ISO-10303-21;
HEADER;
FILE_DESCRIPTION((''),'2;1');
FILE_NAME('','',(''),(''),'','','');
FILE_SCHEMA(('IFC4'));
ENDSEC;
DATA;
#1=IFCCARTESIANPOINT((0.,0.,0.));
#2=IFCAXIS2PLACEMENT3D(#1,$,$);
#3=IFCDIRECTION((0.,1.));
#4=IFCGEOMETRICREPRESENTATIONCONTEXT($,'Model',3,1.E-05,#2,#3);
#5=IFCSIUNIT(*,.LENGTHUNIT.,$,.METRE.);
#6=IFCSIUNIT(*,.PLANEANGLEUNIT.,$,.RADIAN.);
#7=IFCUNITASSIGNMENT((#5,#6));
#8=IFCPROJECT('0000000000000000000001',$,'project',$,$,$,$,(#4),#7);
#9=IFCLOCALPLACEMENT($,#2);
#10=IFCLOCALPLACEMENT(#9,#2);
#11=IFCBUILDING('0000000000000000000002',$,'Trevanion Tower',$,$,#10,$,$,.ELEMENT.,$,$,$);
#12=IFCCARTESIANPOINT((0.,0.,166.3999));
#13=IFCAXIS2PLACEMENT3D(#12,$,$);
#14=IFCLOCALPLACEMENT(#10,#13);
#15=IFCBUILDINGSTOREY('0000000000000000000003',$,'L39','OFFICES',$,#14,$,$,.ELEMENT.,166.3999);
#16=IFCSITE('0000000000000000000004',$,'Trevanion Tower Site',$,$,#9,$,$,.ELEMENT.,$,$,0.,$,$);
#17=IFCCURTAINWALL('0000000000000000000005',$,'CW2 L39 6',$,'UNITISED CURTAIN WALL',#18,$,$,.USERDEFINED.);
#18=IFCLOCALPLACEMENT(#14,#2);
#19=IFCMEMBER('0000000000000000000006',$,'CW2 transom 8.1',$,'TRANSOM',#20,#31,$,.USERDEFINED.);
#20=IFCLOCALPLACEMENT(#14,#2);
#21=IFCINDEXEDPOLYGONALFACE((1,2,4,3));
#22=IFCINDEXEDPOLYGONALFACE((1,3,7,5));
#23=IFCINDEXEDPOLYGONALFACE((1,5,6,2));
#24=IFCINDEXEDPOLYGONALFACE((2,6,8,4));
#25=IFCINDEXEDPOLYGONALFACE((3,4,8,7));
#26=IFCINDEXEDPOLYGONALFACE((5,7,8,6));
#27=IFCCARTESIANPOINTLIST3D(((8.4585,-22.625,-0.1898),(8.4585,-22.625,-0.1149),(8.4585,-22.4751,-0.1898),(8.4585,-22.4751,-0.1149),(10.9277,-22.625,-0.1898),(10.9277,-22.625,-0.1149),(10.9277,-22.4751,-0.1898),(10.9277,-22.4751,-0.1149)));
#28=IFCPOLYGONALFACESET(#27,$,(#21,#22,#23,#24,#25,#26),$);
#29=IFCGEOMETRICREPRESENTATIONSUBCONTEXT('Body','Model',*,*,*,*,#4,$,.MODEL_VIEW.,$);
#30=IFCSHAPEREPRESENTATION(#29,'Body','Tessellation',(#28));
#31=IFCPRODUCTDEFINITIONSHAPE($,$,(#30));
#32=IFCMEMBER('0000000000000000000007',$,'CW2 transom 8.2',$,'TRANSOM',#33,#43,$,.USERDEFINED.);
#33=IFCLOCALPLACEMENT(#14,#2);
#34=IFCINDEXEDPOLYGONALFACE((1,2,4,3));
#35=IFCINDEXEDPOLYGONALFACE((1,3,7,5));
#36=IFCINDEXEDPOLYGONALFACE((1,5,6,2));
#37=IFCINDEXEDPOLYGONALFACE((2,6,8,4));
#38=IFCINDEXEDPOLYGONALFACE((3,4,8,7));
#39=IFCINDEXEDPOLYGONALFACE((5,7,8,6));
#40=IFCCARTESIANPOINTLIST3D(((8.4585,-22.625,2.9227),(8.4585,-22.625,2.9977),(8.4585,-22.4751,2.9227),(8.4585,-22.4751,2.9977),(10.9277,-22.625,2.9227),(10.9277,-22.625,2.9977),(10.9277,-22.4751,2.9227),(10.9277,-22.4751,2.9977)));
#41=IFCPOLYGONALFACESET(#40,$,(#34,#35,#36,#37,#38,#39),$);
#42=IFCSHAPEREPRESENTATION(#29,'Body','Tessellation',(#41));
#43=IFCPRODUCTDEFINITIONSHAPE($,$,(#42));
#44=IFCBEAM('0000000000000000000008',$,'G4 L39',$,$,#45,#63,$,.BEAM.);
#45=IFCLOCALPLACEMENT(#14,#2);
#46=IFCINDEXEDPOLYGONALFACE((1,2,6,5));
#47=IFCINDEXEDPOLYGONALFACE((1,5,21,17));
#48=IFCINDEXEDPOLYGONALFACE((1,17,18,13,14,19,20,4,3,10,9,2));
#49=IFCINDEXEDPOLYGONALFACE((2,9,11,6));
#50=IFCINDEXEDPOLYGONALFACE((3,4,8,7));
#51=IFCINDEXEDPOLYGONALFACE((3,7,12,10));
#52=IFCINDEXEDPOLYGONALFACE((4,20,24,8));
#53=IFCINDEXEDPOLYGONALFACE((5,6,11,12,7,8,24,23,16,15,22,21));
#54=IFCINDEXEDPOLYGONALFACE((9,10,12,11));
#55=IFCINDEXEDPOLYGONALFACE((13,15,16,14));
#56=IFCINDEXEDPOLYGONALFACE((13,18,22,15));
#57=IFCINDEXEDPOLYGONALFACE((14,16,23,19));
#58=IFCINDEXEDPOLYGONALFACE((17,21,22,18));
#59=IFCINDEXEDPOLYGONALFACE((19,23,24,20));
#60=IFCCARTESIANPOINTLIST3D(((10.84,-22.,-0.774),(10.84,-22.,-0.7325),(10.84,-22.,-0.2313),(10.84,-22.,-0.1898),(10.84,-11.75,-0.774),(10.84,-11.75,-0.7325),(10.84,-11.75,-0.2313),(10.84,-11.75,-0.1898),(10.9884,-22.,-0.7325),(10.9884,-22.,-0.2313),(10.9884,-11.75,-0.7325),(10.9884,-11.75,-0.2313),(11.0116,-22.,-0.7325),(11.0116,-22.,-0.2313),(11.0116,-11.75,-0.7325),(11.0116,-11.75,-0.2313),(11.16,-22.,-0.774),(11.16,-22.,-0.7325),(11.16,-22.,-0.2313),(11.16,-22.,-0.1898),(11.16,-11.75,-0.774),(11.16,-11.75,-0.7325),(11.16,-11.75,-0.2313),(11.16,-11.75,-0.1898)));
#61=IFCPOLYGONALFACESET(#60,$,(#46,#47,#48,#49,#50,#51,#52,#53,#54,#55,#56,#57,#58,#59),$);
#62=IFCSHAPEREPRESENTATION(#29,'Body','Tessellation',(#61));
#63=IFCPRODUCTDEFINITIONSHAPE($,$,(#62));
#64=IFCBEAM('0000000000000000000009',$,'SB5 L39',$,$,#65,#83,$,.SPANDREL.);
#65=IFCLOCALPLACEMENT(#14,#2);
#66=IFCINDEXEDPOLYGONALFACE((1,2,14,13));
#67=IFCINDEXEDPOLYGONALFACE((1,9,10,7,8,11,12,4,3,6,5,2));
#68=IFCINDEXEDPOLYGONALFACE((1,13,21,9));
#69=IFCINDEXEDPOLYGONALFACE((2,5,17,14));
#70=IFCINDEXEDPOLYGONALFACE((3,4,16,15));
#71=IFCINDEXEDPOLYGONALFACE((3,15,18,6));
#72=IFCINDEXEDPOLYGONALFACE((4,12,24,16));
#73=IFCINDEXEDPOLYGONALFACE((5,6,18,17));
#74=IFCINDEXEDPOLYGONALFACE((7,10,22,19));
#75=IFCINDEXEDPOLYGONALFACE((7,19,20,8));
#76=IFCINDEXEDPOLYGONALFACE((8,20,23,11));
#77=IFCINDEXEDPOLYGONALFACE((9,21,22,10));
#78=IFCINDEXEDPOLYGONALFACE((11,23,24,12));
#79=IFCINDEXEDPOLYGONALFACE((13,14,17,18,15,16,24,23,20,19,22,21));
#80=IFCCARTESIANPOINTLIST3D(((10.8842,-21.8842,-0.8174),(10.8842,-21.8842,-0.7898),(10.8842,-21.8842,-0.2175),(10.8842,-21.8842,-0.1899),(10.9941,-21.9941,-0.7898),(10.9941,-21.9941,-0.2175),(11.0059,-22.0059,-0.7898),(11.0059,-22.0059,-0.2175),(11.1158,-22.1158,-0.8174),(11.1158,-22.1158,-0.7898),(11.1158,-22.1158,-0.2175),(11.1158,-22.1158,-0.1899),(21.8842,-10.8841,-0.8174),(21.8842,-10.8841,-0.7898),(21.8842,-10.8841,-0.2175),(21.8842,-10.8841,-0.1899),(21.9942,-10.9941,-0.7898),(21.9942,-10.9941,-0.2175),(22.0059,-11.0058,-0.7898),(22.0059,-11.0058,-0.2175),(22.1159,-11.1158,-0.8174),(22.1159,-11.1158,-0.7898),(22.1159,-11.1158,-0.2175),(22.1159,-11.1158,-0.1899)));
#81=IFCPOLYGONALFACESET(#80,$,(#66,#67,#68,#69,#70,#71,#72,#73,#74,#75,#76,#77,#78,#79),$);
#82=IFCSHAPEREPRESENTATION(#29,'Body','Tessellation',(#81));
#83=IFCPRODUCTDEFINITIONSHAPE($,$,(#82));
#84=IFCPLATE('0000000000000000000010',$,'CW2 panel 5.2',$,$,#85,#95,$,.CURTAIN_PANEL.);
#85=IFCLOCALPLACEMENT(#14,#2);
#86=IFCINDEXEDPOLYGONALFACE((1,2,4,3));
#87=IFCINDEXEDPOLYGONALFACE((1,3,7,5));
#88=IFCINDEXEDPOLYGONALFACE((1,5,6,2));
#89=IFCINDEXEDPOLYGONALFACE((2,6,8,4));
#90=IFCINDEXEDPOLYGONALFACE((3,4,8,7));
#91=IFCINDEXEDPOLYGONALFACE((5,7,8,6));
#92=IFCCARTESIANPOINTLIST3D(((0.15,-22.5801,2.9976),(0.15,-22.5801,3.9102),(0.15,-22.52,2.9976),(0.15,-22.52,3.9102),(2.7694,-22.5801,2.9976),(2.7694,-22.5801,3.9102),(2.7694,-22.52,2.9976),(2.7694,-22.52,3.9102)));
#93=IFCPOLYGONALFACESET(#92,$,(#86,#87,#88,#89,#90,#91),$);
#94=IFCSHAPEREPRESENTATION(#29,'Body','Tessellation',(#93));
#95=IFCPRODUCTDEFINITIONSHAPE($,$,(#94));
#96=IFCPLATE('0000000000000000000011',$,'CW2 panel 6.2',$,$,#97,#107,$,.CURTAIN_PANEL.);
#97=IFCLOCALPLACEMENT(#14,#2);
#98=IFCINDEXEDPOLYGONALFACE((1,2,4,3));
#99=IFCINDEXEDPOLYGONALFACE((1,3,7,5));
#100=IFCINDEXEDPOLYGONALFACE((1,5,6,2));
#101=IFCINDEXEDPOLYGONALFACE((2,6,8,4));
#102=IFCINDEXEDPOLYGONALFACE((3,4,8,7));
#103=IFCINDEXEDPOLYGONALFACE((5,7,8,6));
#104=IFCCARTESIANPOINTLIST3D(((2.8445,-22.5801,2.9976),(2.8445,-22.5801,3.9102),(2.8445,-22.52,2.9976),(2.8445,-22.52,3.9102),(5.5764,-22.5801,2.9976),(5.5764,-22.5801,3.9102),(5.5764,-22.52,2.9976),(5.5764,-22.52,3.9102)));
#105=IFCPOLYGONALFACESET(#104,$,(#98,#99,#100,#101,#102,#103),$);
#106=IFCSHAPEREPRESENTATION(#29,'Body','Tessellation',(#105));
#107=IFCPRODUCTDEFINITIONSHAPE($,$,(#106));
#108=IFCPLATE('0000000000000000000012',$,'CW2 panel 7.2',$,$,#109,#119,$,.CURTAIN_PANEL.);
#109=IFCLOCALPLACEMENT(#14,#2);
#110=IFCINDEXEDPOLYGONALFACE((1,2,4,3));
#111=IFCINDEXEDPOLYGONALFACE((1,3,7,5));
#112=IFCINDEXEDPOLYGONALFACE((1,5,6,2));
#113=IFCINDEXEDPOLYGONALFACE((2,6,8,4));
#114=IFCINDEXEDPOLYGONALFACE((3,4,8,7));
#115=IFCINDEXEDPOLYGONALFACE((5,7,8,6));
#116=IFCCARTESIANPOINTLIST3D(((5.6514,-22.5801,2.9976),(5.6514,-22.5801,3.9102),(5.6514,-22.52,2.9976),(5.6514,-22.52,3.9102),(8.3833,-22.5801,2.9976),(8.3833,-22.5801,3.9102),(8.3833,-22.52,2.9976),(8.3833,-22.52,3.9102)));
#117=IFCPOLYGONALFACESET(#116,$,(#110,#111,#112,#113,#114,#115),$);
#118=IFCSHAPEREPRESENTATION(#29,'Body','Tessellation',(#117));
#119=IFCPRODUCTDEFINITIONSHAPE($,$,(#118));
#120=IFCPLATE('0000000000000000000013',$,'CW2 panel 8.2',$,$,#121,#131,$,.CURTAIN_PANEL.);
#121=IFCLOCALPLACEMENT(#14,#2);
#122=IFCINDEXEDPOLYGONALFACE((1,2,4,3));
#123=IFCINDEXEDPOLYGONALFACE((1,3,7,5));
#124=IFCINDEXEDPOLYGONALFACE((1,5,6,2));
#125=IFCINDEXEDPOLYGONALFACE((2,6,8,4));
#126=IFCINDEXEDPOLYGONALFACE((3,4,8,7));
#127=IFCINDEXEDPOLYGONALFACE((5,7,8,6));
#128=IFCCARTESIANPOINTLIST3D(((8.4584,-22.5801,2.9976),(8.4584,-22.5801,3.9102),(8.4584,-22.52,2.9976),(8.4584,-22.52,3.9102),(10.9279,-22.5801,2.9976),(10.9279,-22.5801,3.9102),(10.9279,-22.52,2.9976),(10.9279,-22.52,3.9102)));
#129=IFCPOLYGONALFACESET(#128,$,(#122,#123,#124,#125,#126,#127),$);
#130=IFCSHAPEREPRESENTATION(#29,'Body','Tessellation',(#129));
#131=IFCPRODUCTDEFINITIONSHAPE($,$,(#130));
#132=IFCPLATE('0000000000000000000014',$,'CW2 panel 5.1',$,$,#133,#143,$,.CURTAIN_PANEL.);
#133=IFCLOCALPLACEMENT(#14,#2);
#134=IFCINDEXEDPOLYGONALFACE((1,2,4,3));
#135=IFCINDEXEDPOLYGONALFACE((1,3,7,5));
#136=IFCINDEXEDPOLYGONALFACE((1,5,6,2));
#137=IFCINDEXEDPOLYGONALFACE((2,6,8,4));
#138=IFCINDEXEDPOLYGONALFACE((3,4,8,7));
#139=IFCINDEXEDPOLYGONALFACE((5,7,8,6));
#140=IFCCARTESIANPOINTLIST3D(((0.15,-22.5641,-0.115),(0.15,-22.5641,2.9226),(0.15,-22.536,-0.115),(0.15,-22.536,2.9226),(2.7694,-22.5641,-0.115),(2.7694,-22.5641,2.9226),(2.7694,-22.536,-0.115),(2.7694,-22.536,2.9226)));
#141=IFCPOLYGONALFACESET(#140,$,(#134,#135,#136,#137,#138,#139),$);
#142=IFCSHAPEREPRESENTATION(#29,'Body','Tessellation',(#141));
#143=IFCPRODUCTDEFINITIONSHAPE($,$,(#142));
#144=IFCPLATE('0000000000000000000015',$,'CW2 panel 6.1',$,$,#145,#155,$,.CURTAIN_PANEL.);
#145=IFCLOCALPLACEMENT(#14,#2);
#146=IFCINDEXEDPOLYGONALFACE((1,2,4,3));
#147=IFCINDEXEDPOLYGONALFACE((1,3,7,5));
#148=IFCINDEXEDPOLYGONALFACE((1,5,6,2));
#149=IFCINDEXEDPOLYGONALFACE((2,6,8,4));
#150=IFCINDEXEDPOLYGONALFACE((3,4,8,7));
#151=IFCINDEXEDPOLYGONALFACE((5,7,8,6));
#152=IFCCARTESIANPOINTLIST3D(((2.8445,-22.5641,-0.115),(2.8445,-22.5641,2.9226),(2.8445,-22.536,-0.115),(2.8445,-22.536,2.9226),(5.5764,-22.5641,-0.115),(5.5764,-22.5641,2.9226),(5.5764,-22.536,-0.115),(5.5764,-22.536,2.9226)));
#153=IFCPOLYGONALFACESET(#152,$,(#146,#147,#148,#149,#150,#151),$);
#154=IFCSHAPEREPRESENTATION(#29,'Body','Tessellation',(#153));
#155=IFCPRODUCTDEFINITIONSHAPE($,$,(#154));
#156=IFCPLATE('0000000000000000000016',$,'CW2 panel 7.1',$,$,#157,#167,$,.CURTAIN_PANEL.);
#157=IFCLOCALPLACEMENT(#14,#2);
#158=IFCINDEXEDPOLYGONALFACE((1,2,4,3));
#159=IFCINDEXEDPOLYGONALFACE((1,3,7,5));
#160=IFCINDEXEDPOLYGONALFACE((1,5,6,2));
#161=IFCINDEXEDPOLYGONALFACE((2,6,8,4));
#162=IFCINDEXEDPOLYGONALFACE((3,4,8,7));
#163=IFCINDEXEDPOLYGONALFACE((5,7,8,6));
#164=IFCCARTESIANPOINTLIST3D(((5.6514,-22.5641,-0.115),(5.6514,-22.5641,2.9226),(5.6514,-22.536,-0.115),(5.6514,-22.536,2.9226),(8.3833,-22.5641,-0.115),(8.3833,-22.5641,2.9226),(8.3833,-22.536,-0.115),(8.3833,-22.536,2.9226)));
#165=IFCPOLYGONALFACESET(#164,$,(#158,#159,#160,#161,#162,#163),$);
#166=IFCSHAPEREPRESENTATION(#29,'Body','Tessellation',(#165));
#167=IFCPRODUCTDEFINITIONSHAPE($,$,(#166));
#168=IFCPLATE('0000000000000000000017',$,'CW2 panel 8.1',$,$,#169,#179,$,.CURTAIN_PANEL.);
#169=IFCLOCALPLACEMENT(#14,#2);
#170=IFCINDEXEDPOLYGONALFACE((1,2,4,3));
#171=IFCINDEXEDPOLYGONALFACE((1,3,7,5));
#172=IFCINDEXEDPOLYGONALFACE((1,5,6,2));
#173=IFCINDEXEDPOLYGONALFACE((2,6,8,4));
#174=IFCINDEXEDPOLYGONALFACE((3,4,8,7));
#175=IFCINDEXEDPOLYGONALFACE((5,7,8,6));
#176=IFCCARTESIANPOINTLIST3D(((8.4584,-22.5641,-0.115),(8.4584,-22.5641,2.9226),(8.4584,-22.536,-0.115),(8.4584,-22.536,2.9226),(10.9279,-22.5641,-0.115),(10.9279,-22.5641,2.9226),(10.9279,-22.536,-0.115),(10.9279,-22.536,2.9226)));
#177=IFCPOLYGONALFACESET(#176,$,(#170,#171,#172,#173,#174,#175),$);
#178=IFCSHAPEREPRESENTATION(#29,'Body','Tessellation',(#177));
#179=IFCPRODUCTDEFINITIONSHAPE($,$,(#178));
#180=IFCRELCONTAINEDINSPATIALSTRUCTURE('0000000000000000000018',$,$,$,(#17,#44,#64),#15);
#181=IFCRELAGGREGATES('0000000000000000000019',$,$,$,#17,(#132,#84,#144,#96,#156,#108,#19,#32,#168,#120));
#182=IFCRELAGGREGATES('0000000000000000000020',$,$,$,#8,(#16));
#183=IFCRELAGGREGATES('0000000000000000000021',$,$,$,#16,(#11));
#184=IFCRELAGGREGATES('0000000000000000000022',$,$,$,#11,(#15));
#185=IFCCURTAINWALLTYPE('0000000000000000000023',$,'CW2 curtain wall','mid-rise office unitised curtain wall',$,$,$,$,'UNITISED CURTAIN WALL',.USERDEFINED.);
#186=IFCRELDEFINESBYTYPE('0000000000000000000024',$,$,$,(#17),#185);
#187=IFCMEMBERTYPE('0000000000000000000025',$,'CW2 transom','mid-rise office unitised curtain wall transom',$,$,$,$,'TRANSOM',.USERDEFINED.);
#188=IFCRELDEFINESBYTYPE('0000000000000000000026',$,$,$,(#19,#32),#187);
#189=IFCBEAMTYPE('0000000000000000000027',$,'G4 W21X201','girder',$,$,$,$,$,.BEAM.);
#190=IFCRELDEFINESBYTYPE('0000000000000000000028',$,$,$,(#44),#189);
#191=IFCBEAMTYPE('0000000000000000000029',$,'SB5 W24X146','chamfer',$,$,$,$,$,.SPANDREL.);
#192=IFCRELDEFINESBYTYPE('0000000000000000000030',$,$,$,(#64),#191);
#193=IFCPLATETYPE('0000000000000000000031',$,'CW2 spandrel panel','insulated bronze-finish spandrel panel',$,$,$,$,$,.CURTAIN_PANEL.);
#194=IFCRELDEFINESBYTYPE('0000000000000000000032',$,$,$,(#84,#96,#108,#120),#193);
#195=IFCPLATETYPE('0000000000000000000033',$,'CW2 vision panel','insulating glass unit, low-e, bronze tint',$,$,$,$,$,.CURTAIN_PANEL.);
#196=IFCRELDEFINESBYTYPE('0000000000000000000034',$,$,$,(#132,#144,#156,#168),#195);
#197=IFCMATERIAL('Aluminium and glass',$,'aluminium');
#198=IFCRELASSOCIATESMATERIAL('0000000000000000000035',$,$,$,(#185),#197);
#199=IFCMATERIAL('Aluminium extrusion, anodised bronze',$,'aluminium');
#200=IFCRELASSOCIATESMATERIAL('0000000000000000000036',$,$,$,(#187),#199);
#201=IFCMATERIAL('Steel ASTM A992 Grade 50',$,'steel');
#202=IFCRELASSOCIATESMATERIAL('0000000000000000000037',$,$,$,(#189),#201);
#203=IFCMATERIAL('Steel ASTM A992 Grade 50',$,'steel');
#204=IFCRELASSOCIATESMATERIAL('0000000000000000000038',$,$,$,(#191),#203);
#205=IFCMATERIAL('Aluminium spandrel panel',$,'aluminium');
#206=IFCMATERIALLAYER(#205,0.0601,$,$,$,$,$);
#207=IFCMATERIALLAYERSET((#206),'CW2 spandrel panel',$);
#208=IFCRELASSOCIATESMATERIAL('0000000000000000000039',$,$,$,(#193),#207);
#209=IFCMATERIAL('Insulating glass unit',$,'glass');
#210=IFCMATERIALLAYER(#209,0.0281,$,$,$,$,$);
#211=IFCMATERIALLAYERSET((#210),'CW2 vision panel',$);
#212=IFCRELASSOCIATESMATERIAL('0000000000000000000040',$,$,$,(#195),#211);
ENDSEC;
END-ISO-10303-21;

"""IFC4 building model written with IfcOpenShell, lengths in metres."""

from ifc_helpers import new_model, si_unit, direction, frame, origin, origin_2d, place, context, subcontext, project, spatial, rectangle, i_section, extrude, material, layer, layer_set, material_profile, profile_set, type_object, element, aggregate, save


model = new_model("IFC4")

# Units and contexts
model_context = context("Model", 3, precision=1e-05, world=origin(), true_north=direction((0.0, 1.0)))
body_context = subcontext(model_context, "Body", "Model", "MODEL_VIEW")
ifc_project = project(units=[si_unit("LENGTHUNIT", "METRE"), si_unit("PLANEANGLEUNIT", "RADIAN")], contexts=[model_context])

# Site, building, storey
site_placement = place(None, origin())
site = spatial("IfcSite", under=ifc_project, at=site_placement, Name="Trevanion Tower Site", CompositionType="ELEMENT", RefElevation=0.0)
building_placement = place(site_placement, origin())
building = spatial("IfcBuilding", under=site, at=building_placement, Name="Trevanion Tower", CompositionType="ELEMENT")
storey_placement = place(building_placement, frame((0.0, 0.0, 166.3999)))
storey = spatial("IfcBuildingStorey", under=building, at=storey_placement, Name="L39", Description="OFFICES", CompositionType="ELEMENT", Elevation=166.3999)

# Curtain wall, members
ifc_material_1 = material(Name="Aluminium and glass", Category="aluminium")
curtain_wall_type = type_object("IfcCurtainWallType", Name="CW2 curtain wall", Description="mid-rise office unitised curtain wall", ElementType="UNITISED CURTAIN WALL", PredefinedType="USERDEFINED", material=ifc_material_1)
curtain_wall_placement = place(storey_placement, origin())
curtain_wall = element("IfcCurtainWall", 1, at=curtain_wall_placement, inside=storey, type_object=curtain_wall_type, Name="CW2 L39 6", ObjectType="UNITISED CURTAIN WALL", PredefinedType="USERDEFINED")
ifc_material_2 = material(Name="Aluminium extrusion, anodised bronze", Category="aluminium")
ifc_material_profile_1 = material_profile(ifc_material_2, rectangle(XDim=0.1499, YDim=0.075, at=origin_2d()), Name="CW2 transom")
ifc_profile_set_1 = profile_set([ifc_material_profile_1], Name="Aluminium extrusion, anodised bronze")
member_type_1 = type_object("IfcMemberType", Name="CW2 transom", Description="mid-rise office unitised curtain wall transom", ElementType="TRANSOM", PredefinedType="USERDEFINED", material=ifc_profile_set_1)
member_1_placement = place(storey_placement, frame((8.4585, -22.55, -0.1523), z_axis=(1.0, 0.0, 0.0), x_axis=(0.0, 1.0, 0.0)))
member_1 = element("IfcMember", 2, at=member_1_placement, type_object=member_type_1, Name="CW2 transom 8.1", ObjectType="TRANSOM", PredefinedType="USERDEFINED", context=body_context, shape_type="SweptSolid", body=[
    extrude(rectangle(XDim=0.1499, YDim=0.075, at=origin_2d()), origin(), (0.0, 0.0, 1.0), 2.4692),
])
member_2_placement = place(storey_placement, frame((8.4585, -22.55, 2.9602), z_axis=(1.0, 0.0, 0.0), x_axis=(0.0, 1.0, 0.0)))
member_2 = element("IfcMember", 3, at=member_2_placement, type_object=member_type_1, Name="CW2 transom 8.2", ObjectType="TRANSOM", PredefinedType="USERDEFINED", context=body_context, shape_type="SweptSolid", body=[
    extrude(rectangle(XDim=0.1499, YDim=0.075, at=origin_2d()), origin(), (0.0, 0.0, 1.0), 2.4692),
])

# Beams
ifc_material_3 = material(Name="Steel ASTM A992 Grade 50", Category="steel")
ifc_material_profile_2 = material_profile(ifc_material_3, i_section(OverallWidth=0.3201, OverallDepth=0.5842, WebThickness=0.0232, FlangeThickness=0.0415, at=origin_2d()), Name="W21X201")
ifc_profile_set_2 = profile_set([ifc_material_profile_2], Name="Steel ASTM A992 Grade 50")
beam_type_1 = type_object("IfcBeamType", Name="G4 W21X201", Description="girder", PredefinedType="BEAM", material=ifc_profile_set_2)
beam_1_placement = place(storey_placement, frame((11.0, -11.75, -0.4819), z_axis=(0.0, -1.0, 0.0), x_axis=(1.0, 0.0, 0.0)))
element("IfcBeam", 4, at=beam_1_placement, inside=storey, type_object=beam_type_1, Name="G4 L39", PredefinedType="BEAM", context=body_context, shape_type="SweptSolid", body=[
    extrude(i_section(OverallWidth=0.3201, OverallDepth=0.5842, WebThickness=0.0232, FlangeThickness=0.0415, at=origin_2d()), origin(), (0.0, 0.0, 1.0), 10.25),
])
ifc_material_4 = material(Name="Steel ASTM A992 Grade 50", Category="steel")
ifc_material_profile_3 = material_profile(ifc_material_4, i_section(OverallWidth=0.3276, OverallDepth=0.6274, WebThickness=0.0166, FlangeThickness=0.0276, at=origin_2d()), Name="W24X146")
ifc_profile_set_3 = profile_set([ifc_material_profile_3], Name="Steel ASTM A992 Grade 50")
beam_type_2 = type_object("IfcBeamType", Name="SB5 W24X146", Description="chamfer", PredefinedType="SPANDREL", material=ifc_profile_set_3)
beam_2_placement = place(storey_placement, frame((11.0, -22.0, -0.5037), z_axis=(0.707107, 0.707107, 0.0), x_axis=(-0.707107, 0.707107, 0.0)))
element("IfcBeam", 5, at=beam_2_placement, inside=storey, type_object=beam_type_2, Name="SB5 L39", PredefinedType="SPANDREL", context=body_context, shape_type="SweptSolid", body=[
    extrude(i_section(OverallWidth=0.3276, OverallDepth=0.6274, WebThickness=0.0166, FlangeThickness=0.0276, at=origin_2d()), origin(), (0.0, 0.0, 1.0), 15.5564),
])

# Plates
ifc_material_5 = material(Name="Aluminium spandrel panel", Category="aluminium")
ifc_layer_1 = layer(ifc_material_5, 0.0601)
ifc_layer_set_1 = layer_set([ifc_layer_1], Name="CW2 spandrel panel")
plate_type_1 = type_object("IfcPlateType", Name="CW2 spandrel panel", Description="insulated bronze-finish spandrel panel", PredefinedType="CURTAIN_PANEL", material=ifc_layer_set_1)
plate_1_placement = place(storey_placement, frame((1.4597, -22.55, 2.9976), z_axis=(0.0, 0.0, 1.0), x_axis=(1.0, 0.0, 0.0)))
plate_1 = element("IfcPlate", 6, at=plate_1_placement, type_object=plate_type_1, Name="CW2 panel 5.2", PredefinedType="CURTAIN_PANEL", context=body_context, shape_type="SweptSolid", body=[
    extrude(rectangle(XDim=2.6194, YDim=0.0601, at=origin_2d()), origin(), (0.0, 0.0, 1.0), 0.9126),
])
plate_2_placement = place(storey_placement, frame((4.2104, -22.55, 2.9976), z_axis=(0.0, 0.0, 1.0), x_axis=(1.0, 0.0, 0.0)))
plate_2 = element("IfcPlate", 7, at=plate_2_placement, type_object=plate_type_1, Name="CW2 panel 6.2", PredefinedType="CURTAIN_PANEL", context=body_context, shape_type="SweptSolid", body=[
    extrude(rectangle(XDim=2.7319, YDim=0.0601, at=origin_2d()), origin(), (0.0, 0.0, 1.0), 0.9126),
])
plate_3_placement = place(storey_placement, frame((7.0173, -22.55, 2.9976), z_axis=(0.0, 0.0, 1.0), x_axis=(1.0, 0.0, 0.0)))
plate_3 = element("IfcPlate", 8, at=plate_3_placement, type_object=plate_type_1, Name="CW2 panel 7.2", PredefinedType="CURTAIN_PANEL", context=body_context, shape_type="SweptSolid", body=[
    extrude(rectangle(XDim=2.7319, YDim=0.0601, at=origin_2d()), origin(), (0.0, 0.0, 1.0), 0.9126),
])
plate_4_placement = place(storey_placement, frame((9.6931, -22.55, 2.9976), z_axis=(0.0, 0.0, 1.0), x_axis=(1.0, 0.0, 0.0)))
plate_4 = element("IfcPlate", 9, at=plate_4_placement, type_object=plate_type_1, Name="CW2 panel 8.2", PredefinedType="CURTAIN_PANEL", context=body_context, shape_type="SweptSolid", body=[
    extrude(rectangle(XDim=2.4695, YDim=0.0601, at=origin_2d()), origin(), (0.0, 0.0, 1.0), 0.9126),
])
ifc_material_6 = material(Name="Insulating glass unit", Category="glass")
ifc_layer_2 = layer(ifc_material_6, 0.0281)
ifc_layer_set_2 = layer_set([ifc_layer_2], Name="CW2 vision panel")
plate_type_2 = type_object("IfcPlateType", Name="CW2 vision panel", Description="insulating glass unit, low-e, bronze tint", PredefinedType="CURTAIN_PANEL", material=ifc_layer_set_2)
plate_5_placement = place(storey_placement, frame((1.4597, -22.55, -0.115), z_axis=(0.0, 0.0, 1.0), x_axis=(1.0, 0.0, 0.0)))
plate_5 = element("IfcPlate", 10, at=plate_5_placement, type_object=plate_type_2, Name="CW2 panel 5.1", PredefinedType="CURTAIN_PANEL", context=body_context, shape_type="SweptSolid", body=[
    extrude(rectangle(XDim=2.6194, YDim=0.0281, at=origin_2d()), origin(), (0.0, 0.0, 1.0), 3.0376),
])
plate_6_placement = place(storey_placement, frame((4.2104, -22.55, -0.115), z_axis=(0.0, 0.0, 1.0), x_axis=(1.0, 0.0, 0.0)))
plate_6 = element("IfcPlate", 11, at=plate_6_placement, type_object=plate_type_2, Name="CW2 panel 6.1", PredefinedType="CURTAIN_PANEL", context=body_context, shape_type="SweptSolid", body=[
    extrude(rectangle(XDim=2.7319, YDim=0.0281, at=origin_2d()), origin(), (0.0, 0.0, 1.0), 3.0376),
])
plate_7_placement = place(storey_placement, frame((7.0173, -22.55, -0.115), z_axis=(0.0, 0.0, 1.0), x_axis=(1.0, 0.0, 0.0)))
plate_7 = element("IfcPlate", 12, at=plate_7_placement, type_object=plate_type_2, Name="CW2 panel 7.1", PredefinedType="CURTAIN_PANEL", context=body_context, shape_type="SweptSolid", body=[
    extrude(rectangle(XDim=2.7319, YDim=0.0281, at=origin_2d()), origin(), (0.0, 0.0, 1.0), 3.0376),
])
plate_8_placement = place(storey_placement, frame((9.6931, -22.55, -0.115), z_axis=(0.0, 0.0, 1.0), x_axis=(1.0, 0.0, 0.0)))
plate_8 = element("IfcPlate", 13, at=plate_8_placement, type_object=plate_type_2, Name="CW2 panel 8.1", PredefinedType="CURTAIN_PANEL", context=body_context, shape_type="SweptSolid", body=[
    extrude(rectangle(XDim=2.4695, YDim=0.0281, at=origin_2d()), origin(), (0.0, 0.0, 1.0), 3.0376),
])
aggregate(curtain_wall, [plate_5, plate_1, plate_6, plate_2, plate_7, plate_3, member_1, member_2, plate_8, plate_4])

save(model, "model.ifc")
